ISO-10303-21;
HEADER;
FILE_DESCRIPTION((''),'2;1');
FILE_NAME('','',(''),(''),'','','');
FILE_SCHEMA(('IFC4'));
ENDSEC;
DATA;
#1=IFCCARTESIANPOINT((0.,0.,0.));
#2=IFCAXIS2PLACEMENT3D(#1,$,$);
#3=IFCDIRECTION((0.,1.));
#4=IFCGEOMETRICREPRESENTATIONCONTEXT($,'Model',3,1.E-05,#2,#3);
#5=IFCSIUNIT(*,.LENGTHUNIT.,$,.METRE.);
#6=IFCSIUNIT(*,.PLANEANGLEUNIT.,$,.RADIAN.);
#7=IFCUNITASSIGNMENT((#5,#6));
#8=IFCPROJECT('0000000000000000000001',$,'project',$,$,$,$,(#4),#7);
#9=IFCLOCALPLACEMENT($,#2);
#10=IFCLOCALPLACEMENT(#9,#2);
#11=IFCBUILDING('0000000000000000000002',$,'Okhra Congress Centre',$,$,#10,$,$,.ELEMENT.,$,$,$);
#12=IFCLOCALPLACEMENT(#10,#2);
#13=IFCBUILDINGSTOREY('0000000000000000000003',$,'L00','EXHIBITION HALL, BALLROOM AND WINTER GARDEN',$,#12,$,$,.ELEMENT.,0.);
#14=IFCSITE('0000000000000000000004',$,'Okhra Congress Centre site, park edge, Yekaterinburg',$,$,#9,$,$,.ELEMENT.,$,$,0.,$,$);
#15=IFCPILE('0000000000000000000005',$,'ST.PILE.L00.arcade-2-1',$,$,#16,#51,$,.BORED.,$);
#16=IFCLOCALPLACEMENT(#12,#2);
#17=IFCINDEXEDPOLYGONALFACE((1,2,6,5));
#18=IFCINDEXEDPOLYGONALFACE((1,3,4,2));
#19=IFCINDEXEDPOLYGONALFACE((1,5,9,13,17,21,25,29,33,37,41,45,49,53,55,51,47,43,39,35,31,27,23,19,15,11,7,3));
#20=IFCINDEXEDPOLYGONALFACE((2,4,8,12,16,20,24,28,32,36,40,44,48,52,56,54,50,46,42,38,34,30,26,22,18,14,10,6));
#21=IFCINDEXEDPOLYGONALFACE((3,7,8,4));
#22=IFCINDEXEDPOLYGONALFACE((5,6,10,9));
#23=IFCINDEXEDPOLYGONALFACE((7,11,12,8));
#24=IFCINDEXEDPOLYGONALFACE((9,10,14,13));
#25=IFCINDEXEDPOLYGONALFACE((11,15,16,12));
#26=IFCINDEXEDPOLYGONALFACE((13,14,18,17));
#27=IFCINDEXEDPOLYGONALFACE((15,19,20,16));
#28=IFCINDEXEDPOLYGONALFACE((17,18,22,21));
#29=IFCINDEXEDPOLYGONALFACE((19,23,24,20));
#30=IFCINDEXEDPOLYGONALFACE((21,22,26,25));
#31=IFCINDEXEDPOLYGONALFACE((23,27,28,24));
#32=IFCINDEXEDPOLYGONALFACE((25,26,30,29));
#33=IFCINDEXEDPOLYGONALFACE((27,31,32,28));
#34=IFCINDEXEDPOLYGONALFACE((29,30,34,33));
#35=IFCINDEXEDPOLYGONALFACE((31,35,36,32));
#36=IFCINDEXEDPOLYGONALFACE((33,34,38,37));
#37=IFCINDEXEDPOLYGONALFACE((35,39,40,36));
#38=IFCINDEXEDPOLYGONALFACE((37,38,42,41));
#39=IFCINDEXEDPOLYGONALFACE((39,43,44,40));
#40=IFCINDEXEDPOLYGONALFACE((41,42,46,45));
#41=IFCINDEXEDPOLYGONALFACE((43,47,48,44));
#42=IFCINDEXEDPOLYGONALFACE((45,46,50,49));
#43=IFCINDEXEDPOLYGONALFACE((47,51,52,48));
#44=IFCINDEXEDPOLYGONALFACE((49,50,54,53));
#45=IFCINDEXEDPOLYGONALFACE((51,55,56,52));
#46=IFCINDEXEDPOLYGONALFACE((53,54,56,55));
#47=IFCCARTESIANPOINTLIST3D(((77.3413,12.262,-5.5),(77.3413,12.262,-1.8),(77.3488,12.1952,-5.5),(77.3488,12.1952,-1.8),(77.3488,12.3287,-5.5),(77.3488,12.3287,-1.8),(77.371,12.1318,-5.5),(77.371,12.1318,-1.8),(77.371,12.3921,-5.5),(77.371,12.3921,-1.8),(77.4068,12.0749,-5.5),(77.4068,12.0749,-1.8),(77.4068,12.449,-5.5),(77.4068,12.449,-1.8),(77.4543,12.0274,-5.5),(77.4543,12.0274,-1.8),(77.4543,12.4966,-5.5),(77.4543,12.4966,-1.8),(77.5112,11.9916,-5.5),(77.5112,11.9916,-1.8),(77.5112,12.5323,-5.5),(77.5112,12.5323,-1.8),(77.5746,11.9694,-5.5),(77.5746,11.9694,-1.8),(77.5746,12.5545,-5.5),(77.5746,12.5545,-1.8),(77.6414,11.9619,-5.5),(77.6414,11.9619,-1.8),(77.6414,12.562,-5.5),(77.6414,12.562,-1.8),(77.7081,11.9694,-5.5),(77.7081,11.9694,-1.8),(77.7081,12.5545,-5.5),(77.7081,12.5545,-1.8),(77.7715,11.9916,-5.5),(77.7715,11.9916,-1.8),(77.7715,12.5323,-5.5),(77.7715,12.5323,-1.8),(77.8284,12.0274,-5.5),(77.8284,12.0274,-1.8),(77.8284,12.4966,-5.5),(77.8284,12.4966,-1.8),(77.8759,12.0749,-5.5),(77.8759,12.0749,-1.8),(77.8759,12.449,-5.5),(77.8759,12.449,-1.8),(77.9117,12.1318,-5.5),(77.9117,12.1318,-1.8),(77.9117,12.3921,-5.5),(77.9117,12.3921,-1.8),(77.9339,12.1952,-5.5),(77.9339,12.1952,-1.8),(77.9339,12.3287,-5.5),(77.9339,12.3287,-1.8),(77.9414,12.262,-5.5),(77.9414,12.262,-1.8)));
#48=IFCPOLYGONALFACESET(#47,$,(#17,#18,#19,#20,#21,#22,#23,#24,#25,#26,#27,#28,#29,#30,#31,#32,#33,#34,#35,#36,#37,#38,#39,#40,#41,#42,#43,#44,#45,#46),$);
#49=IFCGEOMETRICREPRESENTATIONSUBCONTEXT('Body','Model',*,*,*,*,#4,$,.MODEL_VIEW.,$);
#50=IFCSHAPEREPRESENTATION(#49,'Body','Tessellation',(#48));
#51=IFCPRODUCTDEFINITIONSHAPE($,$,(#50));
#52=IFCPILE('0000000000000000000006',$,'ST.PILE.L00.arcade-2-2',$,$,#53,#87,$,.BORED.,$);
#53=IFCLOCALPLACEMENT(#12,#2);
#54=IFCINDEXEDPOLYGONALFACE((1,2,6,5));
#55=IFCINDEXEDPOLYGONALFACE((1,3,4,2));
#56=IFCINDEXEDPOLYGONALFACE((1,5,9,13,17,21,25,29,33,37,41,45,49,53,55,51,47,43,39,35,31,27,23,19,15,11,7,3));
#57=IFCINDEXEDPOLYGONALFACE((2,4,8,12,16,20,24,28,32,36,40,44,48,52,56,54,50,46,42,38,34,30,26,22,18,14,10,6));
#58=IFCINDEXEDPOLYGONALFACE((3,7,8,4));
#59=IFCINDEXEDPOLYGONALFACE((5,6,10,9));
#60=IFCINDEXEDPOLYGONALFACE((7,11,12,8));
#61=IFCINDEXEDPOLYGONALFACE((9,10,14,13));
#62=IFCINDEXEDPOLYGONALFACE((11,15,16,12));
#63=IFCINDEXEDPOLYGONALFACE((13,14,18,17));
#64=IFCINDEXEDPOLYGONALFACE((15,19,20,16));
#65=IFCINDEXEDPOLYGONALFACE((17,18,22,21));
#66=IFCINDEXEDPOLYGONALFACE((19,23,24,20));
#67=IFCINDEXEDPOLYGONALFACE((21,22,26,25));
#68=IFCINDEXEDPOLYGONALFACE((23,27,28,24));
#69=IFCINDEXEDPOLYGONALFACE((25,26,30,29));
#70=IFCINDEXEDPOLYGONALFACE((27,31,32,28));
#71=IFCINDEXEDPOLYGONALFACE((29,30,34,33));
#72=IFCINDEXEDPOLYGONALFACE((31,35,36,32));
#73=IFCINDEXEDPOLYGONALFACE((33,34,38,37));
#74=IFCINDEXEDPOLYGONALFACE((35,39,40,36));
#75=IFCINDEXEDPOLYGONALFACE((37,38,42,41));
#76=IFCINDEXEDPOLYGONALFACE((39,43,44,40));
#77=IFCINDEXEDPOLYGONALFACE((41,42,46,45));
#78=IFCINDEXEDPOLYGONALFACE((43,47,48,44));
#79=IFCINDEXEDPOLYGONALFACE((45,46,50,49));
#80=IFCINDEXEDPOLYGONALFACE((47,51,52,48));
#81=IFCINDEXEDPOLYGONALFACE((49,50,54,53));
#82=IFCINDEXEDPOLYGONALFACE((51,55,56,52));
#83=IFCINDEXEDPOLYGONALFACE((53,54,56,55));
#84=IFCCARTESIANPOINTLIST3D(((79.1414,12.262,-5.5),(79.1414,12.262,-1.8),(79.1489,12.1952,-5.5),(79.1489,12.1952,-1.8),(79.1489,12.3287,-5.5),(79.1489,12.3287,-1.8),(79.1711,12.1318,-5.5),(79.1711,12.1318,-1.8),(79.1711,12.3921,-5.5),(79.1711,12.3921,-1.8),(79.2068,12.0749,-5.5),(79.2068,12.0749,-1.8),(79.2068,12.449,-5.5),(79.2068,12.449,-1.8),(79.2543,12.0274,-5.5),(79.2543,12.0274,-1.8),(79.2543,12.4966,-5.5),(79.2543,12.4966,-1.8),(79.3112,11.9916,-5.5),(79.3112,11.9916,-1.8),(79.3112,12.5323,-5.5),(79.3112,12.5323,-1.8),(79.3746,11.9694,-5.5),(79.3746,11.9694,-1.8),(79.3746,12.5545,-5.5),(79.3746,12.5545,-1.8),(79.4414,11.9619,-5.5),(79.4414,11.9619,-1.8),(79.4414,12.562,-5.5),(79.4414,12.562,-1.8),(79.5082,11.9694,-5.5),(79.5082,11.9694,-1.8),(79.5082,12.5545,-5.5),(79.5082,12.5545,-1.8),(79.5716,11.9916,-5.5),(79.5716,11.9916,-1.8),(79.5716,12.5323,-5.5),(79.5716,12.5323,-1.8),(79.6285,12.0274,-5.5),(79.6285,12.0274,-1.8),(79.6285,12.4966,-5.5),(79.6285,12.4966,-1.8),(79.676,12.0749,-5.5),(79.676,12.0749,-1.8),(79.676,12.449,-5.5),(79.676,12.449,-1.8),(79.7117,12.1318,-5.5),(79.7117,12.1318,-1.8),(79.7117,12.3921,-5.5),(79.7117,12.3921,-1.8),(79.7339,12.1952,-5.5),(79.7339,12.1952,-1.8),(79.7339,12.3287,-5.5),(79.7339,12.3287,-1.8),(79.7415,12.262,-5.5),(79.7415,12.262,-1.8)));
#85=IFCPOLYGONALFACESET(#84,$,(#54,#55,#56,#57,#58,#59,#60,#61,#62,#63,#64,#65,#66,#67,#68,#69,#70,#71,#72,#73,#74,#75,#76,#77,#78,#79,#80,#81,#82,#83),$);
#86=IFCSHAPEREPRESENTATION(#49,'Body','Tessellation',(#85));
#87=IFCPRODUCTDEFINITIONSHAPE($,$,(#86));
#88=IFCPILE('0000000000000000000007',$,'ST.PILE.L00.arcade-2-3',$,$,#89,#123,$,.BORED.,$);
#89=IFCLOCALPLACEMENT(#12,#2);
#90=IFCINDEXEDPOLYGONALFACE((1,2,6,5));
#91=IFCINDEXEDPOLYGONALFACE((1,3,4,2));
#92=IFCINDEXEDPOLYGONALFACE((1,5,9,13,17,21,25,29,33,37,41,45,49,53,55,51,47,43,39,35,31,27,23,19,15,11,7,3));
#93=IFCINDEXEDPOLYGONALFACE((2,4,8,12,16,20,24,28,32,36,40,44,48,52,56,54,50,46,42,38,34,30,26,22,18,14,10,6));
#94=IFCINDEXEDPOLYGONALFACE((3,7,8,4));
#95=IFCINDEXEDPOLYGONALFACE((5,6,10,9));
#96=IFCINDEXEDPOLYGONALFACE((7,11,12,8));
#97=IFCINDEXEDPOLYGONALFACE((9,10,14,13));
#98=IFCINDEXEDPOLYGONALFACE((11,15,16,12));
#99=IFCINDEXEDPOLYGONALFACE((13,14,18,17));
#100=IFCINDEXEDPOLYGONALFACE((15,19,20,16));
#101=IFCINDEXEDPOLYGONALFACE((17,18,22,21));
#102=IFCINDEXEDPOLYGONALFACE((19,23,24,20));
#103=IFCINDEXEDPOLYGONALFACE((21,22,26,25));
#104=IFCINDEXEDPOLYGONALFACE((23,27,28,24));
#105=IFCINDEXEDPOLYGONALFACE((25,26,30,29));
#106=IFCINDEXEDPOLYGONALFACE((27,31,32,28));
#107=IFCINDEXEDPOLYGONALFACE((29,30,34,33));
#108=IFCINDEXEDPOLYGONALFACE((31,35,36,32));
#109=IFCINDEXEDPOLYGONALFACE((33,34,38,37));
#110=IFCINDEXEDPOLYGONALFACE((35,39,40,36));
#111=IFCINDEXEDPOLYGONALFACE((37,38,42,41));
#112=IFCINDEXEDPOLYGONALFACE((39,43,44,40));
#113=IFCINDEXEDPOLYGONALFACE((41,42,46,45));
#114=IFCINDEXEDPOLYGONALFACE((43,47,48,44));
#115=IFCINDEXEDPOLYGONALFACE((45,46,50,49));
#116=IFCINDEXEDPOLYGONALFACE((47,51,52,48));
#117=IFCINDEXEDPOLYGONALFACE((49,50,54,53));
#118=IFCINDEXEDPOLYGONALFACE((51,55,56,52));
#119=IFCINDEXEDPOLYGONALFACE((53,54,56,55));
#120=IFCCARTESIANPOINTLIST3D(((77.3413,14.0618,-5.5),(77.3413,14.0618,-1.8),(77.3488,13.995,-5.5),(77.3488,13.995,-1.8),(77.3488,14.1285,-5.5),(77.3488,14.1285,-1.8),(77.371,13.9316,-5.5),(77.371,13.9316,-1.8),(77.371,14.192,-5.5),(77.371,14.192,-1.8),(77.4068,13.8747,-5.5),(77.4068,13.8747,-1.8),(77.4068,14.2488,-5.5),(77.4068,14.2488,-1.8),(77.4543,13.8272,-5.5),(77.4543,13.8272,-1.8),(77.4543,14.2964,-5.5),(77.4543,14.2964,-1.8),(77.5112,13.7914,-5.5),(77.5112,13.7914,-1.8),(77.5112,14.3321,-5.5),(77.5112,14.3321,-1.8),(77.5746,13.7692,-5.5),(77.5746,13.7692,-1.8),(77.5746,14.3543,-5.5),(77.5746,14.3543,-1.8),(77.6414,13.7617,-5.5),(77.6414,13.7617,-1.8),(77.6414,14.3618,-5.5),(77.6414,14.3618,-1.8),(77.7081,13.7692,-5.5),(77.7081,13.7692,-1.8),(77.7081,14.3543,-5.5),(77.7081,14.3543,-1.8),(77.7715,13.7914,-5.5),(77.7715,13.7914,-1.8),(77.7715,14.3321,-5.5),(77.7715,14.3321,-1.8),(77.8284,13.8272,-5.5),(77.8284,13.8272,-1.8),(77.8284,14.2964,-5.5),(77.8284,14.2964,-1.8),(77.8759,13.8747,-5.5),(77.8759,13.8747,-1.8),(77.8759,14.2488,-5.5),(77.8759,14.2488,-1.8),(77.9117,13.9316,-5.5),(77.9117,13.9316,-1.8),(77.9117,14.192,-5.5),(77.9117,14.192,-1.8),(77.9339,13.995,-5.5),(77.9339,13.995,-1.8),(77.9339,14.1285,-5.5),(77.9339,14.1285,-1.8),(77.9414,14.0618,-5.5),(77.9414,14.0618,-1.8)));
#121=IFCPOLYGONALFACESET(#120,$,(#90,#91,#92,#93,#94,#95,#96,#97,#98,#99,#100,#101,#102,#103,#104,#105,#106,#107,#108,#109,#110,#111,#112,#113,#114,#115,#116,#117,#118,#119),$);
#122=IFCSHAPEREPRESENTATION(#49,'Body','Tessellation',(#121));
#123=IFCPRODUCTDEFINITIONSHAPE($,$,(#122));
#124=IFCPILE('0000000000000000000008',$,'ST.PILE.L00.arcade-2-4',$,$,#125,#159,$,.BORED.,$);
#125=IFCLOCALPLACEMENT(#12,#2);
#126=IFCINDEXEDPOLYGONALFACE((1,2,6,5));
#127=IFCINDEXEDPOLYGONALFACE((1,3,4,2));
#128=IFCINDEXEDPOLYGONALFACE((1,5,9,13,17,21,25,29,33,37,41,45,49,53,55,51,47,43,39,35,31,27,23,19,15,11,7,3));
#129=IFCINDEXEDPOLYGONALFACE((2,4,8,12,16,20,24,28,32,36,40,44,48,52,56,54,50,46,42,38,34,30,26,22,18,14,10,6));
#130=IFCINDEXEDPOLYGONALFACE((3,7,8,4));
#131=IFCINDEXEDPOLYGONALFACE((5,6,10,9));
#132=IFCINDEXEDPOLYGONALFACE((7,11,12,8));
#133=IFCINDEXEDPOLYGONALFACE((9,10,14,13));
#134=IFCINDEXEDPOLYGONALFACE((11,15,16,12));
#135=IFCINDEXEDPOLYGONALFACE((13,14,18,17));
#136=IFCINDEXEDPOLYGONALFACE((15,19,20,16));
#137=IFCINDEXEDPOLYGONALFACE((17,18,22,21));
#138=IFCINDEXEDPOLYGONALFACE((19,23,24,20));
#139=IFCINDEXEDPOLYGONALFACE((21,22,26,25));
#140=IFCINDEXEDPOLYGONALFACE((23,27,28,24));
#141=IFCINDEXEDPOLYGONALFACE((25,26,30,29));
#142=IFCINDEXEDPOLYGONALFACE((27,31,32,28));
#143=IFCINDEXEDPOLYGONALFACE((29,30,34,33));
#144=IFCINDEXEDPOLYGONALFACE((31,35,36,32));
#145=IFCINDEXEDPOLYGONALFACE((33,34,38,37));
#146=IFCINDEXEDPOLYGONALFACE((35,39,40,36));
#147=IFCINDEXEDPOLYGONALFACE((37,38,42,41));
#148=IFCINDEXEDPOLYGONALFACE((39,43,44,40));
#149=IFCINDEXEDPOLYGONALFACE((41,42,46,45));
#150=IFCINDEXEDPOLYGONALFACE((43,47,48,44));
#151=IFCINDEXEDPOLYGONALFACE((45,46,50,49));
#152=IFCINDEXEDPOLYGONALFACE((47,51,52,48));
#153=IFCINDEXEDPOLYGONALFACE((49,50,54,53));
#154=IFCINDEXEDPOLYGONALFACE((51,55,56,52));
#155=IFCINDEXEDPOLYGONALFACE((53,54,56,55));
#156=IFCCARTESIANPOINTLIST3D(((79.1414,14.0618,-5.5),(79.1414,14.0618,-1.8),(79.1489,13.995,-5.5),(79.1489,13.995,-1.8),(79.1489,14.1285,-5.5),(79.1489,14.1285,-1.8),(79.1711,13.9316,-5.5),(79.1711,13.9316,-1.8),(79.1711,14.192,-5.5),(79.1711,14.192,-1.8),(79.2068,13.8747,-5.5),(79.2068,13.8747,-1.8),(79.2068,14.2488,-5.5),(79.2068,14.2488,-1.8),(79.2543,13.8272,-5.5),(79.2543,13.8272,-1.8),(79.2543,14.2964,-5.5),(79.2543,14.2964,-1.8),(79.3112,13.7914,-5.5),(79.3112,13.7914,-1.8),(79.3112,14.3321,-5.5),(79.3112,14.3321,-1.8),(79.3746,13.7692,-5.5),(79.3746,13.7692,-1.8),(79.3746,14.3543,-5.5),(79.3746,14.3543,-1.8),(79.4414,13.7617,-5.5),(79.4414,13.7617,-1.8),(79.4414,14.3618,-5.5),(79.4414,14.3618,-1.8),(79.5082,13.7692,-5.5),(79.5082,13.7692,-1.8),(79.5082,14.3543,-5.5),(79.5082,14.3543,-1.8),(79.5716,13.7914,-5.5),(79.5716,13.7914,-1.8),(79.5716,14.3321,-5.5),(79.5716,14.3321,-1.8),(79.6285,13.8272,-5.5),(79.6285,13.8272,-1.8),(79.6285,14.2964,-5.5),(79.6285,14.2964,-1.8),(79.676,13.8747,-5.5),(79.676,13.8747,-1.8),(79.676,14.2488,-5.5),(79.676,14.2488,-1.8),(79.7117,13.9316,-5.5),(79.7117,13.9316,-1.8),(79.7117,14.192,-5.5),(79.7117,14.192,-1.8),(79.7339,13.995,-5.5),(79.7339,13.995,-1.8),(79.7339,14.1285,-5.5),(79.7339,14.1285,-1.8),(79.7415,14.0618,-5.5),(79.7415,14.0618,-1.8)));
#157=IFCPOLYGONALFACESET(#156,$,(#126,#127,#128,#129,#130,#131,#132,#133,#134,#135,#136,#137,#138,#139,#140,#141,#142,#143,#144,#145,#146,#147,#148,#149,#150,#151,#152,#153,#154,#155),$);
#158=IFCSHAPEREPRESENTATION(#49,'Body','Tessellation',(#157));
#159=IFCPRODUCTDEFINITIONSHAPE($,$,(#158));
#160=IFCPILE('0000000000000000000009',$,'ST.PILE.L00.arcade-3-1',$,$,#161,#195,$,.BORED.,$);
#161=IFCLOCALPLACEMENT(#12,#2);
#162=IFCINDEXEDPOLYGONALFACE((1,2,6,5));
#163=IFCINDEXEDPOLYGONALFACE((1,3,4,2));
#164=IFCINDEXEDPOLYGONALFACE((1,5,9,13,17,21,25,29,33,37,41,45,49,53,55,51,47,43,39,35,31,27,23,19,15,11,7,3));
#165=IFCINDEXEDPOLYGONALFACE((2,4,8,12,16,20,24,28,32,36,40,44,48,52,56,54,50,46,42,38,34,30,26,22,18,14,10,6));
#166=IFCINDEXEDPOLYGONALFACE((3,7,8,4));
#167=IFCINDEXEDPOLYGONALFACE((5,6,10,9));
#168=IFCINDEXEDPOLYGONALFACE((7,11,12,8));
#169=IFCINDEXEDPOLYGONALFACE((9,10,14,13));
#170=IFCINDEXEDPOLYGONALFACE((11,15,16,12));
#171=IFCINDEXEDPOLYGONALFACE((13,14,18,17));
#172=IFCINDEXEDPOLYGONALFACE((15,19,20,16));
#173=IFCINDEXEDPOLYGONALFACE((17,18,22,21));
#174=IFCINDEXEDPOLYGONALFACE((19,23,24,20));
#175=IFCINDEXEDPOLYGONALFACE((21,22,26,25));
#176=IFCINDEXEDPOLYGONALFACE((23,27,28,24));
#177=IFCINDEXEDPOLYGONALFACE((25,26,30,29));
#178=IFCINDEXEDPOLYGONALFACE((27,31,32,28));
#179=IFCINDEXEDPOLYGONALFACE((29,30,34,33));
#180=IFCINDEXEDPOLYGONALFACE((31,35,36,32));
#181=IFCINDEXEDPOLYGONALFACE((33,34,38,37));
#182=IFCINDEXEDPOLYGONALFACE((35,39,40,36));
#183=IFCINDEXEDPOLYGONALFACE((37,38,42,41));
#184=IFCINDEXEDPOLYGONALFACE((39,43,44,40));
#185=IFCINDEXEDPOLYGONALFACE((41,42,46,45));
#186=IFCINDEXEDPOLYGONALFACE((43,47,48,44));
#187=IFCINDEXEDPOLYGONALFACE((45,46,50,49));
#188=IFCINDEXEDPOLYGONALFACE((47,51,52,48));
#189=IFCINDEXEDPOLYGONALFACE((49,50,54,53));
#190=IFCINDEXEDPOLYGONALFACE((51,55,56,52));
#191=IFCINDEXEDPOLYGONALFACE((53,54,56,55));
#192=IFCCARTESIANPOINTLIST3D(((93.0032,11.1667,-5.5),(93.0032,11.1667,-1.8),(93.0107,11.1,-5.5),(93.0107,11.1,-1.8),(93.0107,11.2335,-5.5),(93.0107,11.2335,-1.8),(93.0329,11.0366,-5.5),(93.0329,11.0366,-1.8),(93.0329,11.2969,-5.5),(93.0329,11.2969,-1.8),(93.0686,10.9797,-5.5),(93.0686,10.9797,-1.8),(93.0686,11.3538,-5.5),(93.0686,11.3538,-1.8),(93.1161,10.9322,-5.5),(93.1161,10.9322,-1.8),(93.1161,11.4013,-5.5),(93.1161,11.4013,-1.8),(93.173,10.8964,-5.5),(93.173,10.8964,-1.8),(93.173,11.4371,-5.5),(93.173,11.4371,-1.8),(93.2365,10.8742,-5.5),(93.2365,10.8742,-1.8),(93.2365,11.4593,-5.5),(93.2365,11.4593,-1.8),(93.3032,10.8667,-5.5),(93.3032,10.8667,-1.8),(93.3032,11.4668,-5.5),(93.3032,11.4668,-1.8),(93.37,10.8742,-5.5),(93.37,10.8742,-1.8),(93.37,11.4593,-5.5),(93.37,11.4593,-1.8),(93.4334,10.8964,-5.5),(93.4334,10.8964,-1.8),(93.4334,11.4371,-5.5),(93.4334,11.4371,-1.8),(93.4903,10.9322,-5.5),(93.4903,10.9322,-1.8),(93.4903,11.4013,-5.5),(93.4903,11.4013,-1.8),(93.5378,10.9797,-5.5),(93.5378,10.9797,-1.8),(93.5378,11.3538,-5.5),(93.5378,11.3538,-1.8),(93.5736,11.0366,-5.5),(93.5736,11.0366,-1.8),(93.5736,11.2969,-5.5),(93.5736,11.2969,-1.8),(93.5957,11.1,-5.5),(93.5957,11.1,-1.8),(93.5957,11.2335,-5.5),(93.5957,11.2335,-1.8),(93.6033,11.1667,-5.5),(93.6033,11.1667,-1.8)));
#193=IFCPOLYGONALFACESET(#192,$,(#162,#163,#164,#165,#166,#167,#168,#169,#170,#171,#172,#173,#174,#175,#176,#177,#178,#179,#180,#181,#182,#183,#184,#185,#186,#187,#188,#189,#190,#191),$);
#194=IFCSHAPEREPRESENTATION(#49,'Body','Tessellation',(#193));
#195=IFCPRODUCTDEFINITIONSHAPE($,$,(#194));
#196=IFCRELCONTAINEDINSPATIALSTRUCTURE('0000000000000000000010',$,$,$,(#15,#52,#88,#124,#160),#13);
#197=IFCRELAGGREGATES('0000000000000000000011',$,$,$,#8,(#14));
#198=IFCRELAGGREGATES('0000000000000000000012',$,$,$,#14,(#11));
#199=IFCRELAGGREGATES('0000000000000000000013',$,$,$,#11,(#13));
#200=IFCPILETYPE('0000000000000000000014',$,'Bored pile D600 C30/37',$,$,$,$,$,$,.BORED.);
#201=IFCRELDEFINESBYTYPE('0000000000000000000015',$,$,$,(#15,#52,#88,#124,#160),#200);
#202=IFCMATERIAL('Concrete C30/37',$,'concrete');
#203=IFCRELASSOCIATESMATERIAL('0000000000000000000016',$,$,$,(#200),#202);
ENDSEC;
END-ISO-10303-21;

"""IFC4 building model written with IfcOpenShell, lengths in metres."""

from ifc_helpers import new_model, si_unit, direction, frame, origin, origin_2d, place, context, subcontext, project, spatial, circle, extrude, material, material_profile, profile_set, type_object, element, save


model = new_model("IFC4")

# Units and contexts
model_context = context("Model", 3, precision=1e-05, world=origin(), true_north=direction((0.0, 1.0)))
body_context = subcontext(model_context, "Body", "Model", "MODEL_VIEW")
ifc_project = project(units=[si_unit("LENGTHUNIT", "METRE"), si_unit("PLANEANGLEUNIT", "RADIAN")], contexts=[model_context])

# Site, building, storey
site_placement = place(None, origin())
site = spatial("IfcSite", under=ifc_project, at=site_placement, Name="Okhra Congress Centre site, park edge, Yekaterinburg", CompositionType="ELEMENT", RefElevation=0.0)
building_placement = place(site_placement, origin())
building = spatial("IfcBuilding", under=site, at=building_placement, Name="Okhra Congress Centre", CompositionType="ELEMENT")
storey_placement = place(building_placement, origin())
storey = spatial("IfcBuildingStorey", under=building, at=storey_placement, Name="L00", Description="EXHIBITION HALL, BALLROOM AND WINTER GARDEN", CompositionType="ELEMENT", Elevation=0.0)

# Piles
ifc_material_1 = material(Name="Concrete C30/37", Category="concrete")
ifc_material_profile_1 = material_profile(ifc_material_1, circle(Radius=0.3, at=origin_2d()), Name="D600")
ifc_profile_set_1 = profile_set([ifc_material_profile_1], Name="Concrete C30/37")
pile_type = type_object("IfcPileType", Name="Bored pile D600 C30/37", PredefinedType="BORED", material=ifc_profile_set_1)
for number, where, z_axis, x_axis, name in (
    (1, (77.6414, 12.262, -1.8), (0.0, 0.0, -1.0), (1.0, 0.0, 0.0), "ST.PILE.L00.arcade-2-1"),
    (2, (79.4414, 12.262, -1.8), (0.0, 0.0, -1.0), (1.0, 0.0, 0.0), "ST.PILE.L00.arcade-2-2"),
    (3, (77.6414, 14.0618, -1.8), (0.0, 0.0, -1.0), (1.0, 0.0, 0.0), "ST.PILE.L00.arcade-2-3"),
    (4, (79.4414, 14.0618, -1.8), (0.0, 0.0, -1.0), (1.0, 0.0, 0.0), "ST.PILE.L00.arcade-2-4"),
    (5, (93.3032, 11.1667, -1.8), (0.0, 0.0, -1.0), (1.0, 0.0, 0.0), "ST.PILE.L00.arcade-3-1"),
):
    element("IfcPile", number, at=place(storey_placement, frame(where, z_axis=z_axis, x_axis=x_axis)), inside=storey, type_object=pile_type, Name=name, PredefinedType="BORED", context=body_context, shape_type="SweptSolid", body=[
        extrude(circle(Radius=0.3, at=origin_2d()), origin(), (0.0, 0.0, 1.0), 3.7),
    ])

save(model, "model.ifc")
